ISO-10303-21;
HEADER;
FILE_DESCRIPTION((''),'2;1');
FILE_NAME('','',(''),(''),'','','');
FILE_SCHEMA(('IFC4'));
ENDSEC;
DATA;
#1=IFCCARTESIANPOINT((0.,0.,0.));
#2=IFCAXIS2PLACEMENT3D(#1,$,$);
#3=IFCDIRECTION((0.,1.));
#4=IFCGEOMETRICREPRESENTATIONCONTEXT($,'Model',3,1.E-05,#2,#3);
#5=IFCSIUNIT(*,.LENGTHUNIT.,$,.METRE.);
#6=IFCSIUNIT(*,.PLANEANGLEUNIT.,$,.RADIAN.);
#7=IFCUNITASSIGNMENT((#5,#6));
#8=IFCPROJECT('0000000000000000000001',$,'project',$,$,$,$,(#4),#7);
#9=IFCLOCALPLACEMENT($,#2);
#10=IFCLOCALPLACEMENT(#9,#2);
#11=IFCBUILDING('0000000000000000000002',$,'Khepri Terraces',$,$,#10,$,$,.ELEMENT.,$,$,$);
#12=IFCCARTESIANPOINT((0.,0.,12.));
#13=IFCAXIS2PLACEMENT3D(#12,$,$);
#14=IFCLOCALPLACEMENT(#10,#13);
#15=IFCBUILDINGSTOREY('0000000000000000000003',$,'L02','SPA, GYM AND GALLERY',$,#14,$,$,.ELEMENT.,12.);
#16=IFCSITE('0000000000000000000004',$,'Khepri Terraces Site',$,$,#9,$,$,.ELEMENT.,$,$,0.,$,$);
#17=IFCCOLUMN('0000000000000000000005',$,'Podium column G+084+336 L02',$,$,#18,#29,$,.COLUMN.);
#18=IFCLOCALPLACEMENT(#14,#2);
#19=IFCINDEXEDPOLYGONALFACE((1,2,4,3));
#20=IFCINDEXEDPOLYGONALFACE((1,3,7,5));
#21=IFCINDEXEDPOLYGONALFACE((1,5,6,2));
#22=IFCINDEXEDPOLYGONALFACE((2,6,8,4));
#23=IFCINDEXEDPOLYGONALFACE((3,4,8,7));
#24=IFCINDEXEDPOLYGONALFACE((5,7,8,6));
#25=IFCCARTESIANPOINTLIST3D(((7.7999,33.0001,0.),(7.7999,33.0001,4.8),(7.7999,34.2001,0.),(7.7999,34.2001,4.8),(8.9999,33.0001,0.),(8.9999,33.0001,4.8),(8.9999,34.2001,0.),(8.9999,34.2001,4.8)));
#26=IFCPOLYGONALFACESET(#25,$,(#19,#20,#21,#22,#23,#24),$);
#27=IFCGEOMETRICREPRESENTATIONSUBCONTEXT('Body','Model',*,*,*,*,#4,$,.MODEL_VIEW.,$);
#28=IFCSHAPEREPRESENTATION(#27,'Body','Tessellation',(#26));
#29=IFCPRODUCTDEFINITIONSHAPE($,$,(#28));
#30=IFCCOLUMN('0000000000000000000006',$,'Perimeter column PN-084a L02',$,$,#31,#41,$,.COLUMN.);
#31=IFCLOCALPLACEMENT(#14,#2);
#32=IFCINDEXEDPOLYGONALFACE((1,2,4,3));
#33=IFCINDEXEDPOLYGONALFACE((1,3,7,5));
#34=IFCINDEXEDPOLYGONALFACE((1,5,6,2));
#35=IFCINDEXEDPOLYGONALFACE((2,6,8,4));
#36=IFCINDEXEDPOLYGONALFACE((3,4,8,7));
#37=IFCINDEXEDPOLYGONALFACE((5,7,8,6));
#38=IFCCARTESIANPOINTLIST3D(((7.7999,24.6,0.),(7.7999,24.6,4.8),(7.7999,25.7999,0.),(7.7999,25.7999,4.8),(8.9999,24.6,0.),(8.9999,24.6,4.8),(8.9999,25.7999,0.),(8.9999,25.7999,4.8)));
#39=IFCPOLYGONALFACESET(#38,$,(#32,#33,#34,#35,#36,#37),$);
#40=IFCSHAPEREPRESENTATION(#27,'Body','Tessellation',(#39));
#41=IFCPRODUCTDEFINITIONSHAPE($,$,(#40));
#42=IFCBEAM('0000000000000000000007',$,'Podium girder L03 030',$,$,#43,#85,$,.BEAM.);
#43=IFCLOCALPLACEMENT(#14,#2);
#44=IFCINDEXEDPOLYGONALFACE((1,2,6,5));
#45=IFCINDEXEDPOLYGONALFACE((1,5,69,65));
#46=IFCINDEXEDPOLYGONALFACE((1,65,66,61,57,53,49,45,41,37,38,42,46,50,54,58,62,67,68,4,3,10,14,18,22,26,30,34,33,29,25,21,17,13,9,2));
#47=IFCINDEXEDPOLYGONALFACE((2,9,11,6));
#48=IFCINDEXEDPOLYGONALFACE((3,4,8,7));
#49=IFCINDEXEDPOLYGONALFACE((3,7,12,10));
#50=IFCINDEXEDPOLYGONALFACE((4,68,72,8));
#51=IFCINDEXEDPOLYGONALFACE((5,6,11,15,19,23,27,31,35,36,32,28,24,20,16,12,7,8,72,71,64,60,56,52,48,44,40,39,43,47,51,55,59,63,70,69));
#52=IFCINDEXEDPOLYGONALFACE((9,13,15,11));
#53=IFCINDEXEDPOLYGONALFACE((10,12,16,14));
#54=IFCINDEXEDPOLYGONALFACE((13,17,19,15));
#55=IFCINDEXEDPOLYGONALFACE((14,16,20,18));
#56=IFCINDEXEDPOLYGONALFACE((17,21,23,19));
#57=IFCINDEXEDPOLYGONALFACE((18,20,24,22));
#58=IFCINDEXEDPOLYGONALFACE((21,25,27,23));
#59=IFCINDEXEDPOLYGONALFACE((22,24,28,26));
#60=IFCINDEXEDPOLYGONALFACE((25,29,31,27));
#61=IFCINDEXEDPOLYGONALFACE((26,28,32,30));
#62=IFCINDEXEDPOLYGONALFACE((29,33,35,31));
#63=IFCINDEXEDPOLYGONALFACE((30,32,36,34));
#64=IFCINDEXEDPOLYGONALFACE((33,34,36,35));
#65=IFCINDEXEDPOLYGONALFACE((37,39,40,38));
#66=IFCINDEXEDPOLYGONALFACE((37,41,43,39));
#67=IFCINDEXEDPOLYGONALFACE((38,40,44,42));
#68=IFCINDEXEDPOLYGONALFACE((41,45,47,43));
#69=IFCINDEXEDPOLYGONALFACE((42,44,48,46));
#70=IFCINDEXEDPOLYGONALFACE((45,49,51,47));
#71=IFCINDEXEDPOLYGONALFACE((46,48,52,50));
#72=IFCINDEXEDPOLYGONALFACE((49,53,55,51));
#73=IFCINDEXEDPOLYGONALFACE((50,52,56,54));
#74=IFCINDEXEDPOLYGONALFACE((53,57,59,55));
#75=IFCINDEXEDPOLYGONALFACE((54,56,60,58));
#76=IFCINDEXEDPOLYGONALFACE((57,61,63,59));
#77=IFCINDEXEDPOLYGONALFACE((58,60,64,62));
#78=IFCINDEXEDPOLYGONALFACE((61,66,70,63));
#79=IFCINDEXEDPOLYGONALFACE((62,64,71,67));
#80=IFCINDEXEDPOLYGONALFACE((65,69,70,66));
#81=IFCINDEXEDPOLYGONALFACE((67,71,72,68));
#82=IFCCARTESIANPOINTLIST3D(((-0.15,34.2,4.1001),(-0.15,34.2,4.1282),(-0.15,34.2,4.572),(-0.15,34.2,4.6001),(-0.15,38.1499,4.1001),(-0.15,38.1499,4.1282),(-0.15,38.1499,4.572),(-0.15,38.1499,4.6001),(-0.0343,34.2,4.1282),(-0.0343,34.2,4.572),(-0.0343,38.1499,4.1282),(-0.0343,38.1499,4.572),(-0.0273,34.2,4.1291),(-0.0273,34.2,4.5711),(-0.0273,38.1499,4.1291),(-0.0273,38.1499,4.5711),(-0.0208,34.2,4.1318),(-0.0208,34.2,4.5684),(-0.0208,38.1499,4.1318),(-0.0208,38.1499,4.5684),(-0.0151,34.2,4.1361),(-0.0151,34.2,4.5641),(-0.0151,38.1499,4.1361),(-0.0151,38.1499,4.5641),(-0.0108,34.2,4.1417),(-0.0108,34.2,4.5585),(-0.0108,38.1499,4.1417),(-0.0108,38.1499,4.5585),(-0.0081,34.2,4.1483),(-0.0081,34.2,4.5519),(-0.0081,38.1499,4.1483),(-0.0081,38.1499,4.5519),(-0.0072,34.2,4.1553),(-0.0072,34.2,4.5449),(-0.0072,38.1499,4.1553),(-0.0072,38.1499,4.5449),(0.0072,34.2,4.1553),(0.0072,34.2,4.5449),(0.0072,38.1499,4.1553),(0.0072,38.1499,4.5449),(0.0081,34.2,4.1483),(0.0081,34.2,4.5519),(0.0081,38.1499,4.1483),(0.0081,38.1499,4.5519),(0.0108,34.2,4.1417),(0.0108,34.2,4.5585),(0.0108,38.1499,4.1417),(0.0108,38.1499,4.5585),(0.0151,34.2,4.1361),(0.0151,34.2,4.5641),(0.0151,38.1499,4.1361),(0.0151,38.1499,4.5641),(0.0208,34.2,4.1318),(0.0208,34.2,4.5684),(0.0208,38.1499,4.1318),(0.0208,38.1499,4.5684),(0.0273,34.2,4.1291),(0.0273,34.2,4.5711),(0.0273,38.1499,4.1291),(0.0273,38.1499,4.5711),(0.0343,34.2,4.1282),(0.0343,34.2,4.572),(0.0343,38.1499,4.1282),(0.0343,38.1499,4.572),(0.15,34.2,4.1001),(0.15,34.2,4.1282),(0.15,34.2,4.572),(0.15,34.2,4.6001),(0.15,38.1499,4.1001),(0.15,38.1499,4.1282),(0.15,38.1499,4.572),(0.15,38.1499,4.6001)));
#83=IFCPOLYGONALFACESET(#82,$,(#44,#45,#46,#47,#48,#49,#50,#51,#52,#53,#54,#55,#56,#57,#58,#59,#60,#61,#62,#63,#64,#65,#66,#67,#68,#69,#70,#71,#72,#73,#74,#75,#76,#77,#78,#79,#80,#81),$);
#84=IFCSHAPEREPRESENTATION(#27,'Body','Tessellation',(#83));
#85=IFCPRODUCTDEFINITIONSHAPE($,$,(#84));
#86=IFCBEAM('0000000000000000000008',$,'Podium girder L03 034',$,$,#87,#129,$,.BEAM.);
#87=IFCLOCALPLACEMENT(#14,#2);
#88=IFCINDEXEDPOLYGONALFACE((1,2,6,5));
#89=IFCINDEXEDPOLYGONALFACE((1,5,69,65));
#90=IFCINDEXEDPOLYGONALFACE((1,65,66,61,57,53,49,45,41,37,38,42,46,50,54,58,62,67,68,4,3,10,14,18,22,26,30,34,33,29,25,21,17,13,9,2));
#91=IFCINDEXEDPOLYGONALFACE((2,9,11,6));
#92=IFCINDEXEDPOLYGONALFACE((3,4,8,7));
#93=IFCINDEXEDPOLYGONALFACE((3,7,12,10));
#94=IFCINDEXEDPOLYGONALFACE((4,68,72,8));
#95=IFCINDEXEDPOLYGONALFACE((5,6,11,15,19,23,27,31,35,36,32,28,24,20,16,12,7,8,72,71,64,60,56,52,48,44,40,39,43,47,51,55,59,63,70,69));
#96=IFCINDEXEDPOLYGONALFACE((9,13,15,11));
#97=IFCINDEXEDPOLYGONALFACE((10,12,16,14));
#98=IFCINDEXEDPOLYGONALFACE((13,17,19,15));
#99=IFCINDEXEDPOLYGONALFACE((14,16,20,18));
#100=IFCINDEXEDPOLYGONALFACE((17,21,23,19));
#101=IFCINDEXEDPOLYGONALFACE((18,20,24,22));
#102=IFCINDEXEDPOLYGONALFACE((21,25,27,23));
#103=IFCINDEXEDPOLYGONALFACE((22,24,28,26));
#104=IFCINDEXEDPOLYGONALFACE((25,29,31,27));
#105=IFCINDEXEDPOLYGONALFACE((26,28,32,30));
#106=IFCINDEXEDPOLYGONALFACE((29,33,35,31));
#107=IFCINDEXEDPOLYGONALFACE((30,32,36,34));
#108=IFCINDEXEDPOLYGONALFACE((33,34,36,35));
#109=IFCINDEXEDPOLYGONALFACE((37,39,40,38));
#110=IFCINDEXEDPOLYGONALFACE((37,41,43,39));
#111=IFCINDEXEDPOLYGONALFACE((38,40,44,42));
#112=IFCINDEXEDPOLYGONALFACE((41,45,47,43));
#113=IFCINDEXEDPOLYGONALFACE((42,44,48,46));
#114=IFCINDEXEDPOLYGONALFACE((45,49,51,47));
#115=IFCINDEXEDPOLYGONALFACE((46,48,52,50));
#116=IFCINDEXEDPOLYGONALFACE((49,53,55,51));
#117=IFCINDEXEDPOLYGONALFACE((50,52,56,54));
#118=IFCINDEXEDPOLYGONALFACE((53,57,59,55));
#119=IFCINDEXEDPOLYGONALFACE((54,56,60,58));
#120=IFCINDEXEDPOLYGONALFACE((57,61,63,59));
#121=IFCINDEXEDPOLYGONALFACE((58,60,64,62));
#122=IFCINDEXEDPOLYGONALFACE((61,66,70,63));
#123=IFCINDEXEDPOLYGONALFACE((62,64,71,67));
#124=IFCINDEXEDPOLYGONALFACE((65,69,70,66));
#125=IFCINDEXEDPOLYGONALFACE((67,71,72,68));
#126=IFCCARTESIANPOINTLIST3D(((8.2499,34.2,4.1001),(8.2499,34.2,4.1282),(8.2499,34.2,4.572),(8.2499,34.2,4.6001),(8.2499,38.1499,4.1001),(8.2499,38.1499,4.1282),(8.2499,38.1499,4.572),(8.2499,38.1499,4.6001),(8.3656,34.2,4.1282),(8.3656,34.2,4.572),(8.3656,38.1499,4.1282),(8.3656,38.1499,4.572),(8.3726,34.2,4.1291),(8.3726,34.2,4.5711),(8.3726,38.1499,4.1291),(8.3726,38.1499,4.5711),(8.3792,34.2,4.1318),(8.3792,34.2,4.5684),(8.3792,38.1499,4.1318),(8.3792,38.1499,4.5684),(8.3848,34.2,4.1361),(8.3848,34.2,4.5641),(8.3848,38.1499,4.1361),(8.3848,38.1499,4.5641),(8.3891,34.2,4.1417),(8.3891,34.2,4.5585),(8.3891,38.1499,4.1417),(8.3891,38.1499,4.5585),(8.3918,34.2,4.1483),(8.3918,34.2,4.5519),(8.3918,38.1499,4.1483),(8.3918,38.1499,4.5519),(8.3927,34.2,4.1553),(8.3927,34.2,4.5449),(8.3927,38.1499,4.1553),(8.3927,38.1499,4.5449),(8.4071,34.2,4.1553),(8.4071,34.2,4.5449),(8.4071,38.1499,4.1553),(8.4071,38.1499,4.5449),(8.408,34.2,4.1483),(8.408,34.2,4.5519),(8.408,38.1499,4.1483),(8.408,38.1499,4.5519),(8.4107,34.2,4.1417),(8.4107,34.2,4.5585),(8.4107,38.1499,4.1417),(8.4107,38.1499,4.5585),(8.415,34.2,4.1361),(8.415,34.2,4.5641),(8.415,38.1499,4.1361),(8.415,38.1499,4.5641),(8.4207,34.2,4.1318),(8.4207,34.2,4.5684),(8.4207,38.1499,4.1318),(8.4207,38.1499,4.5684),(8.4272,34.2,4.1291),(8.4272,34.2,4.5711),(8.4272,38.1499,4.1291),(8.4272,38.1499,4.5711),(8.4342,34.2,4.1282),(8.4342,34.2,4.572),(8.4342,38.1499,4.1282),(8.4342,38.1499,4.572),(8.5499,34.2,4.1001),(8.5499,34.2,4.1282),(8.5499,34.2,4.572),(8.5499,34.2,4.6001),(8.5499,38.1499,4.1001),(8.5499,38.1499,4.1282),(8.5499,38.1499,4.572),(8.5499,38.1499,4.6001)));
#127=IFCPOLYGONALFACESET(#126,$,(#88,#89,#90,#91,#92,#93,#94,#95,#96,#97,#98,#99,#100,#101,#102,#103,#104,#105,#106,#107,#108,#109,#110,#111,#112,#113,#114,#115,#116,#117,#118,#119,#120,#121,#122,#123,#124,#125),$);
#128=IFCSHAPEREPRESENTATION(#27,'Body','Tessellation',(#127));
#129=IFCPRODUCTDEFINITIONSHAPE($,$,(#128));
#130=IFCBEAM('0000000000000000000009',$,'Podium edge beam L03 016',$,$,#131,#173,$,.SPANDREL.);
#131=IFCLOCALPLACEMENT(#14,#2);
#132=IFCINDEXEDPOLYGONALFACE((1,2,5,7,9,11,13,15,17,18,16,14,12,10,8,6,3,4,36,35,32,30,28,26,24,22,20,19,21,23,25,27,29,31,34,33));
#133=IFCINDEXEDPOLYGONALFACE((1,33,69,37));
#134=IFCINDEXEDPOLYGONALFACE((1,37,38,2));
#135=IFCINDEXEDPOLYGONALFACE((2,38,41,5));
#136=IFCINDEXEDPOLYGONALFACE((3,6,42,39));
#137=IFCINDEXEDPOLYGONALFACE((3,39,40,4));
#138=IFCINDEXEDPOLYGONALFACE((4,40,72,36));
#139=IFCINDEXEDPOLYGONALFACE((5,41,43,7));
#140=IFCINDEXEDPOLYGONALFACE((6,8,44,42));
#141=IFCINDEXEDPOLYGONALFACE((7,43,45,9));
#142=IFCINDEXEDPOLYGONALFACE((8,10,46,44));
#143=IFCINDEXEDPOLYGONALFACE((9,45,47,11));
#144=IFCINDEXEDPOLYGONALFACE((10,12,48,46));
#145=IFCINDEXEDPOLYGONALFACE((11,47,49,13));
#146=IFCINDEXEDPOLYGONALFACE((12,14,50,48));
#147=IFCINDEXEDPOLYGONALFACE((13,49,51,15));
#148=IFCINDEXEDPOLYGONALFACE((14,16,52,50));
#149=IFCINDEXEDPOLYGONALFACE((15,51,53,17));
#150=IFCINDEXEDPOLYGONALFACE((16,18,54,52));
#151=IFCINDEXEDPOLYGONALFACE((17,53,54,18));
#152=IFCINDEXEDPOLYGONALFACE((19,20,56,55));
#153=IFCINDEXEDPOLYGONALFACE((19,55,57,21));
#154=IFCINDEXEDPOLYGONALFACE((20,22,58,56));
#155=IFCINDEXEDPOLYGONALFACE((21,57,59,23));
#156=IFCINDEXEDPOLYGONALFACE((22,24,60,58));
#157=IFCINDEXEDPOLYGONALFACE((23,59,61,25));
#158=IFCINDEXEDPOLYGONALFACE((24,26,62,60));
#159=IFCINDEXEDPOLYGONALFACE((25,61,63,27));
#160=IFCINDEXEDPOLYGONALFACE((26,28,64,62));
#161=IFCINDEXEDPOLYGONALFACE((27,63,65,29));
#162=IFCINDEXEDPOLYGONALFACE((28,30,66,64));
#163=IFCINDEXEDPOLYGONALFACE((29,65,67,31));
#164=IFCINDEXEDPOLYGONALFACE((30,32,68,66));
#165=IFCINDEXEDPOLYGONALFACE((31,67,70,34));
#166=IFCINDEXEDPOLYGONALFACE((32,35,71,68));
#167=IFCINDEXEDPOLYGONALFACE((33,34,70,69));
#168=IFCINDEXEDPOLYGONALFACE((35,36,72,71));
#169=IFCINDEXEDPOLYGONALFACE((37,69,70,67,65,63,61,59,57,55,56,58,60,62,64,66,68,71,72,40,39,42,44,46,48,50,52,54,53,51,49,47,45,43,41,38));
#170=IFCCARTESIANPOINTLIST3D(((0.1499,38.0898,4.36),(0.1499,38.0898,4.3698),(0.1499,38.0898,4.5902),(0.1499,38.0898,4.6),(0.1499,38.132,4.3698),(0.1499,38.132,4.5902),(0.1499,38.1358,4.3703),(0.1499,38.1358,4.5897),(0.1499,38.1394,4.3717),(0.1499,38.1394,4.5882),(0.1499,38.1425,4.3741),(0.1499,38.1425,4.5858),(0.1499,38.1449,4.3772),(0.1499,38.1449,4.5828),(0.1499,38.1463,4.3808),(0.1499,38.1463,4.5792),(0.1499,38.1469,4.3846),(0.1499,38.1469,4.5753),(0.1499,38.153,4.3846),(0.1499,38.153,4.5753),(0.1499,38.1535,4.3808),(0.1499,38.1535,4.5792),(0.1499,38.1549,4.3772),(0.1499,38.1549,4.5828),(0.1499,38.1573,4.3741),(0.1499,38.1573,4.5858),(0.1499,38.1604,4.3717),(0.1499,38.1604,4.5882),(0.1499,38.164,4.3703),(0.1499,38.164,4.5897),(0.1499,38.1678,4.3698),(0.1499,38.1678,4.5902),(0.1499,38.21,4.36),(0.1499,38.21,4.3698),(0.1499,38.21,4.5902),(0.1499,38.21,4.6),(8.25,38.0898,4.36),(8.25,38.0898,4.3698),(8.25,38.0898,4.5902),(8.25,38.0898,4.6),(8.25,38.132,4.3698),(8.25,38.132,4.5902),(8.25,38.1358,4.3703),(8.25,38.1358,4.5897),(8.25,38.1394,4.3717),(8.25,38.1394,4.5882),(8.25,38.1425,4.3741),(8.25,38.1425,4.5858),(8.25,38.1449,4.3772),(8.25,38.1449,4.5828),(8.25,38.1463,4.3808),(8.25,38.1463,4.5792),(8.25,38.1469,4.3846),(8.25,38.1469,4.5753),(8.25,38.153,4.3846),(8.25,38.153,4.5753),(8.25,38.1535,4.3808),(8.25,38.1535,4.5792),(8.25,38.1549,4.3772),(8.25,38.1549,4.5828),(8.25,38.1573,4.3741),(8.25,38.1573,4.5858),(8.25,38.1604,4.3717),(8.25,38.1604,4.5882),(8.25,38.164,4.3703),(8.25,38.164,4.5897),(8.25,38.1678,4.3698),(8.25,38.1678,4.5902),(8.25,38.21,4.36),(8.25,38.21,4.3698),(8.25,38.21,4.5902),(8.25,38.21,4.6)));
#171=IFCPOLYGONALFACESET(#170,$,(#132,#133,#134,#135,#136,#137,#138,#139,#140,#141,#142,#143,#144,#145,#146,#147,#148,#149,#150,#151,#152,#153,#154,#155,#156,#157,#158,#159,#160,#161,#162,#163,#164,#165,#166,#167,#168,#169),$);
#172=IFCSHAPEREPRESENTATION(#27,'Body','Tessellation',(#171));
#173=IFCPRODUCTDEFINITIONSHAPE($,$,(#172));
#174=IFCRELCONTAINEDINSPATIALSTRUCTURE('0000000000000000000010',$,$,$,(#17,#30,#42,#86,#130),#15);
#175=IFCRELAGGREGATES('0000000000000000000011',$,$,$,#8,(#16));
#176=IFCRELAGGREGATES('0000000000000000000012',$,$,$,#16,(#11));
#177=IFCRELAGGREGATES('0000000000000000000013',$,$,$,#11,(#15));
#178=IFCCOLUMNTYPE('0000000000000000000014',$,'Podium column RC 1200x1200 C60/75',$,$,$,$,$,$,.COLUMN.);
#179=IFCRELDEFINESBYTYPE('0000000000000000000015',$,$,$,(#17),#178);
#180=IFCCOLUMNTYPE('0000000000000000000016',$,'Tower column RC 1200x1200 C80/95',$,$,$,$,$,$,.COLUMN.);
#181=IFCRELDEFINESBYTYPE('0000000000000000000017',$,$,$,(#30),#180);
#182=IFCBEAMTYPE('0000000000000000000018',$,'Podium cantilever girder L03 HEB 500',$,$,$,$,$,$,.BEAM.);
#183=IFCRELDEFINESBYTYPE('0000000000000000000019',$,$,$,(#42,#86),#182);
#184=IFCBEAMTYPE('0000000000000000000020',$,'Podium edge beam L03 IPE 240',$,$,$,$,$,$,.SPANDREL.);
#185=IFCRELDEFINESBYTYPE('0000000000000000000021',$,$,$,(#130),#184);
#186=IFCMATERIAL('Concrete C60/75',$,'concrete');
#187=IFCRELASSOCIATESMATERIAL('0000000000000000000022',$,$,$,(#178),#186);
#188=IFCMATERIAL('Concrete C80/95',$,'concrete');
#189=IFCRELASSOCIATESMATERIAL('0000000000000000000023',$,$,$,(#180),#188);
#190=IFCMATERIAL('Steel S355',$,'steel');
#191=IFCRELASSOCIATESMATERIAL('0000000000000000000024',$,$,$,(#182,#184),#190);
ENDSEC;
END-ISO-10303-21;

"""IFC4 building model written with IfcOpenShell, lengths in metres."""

from ifc_helpers import new_model, si_unit, direction, frame, origin, origin_2d, place, context, subcontext, project, spatial, rectangle, i_section, extrude, material, material_profile, profile_set, type_object, element, save


model = new_model("IFC4")

# Units and contexts
model_context = context("Model", 3, precision=1e-05, world=origin(), true_north=direction((0.0, 1.0)))
body_context = subcontext(model_context, "Body", "Model", "MODEL_VIEW")
ifc_project = project(units=[si_unit("LENGTHUNIT", "METRE"), si_unit("PLANEANGLEUNIT", "RADIAN")], contexts=[model_context])

# Site, building, storey
site_placement = place(None, origin())
site = spatial("IfcSite", under=ifc_project, at=site_placement, Name="Khepri Terraces Site", CompositionType="ELEMENT", RefElevation=0.0)
building_placement = place(site_placement, origin())
building = spatial("IfcBuilding", under=site, at=building_placement, Name="Khepri Terraces", CompositionType="ELEMENT")
storey_placement = place(building_placement, frame((0.0, 0.0, 12.0)))
storey = spatial("IfcBuildingStorey", under=building, at=storey_placement, Name="L02", Description="SPA, GYM AND GALLERY", CompositionType="ELEMENT", Elevation=12.0)

# Columns
ifc_material_1 = material(Name="Concrete C60/75", Category="concrete")
ifc_material_profile_1 = material_profile(ifc_material_1, rectangle(XDim=1.2, YDim=1.2, at=origin_2d()), Name="Concrete C60/75", Category="concrete")
ifc_profile_set_1 = profile_set([ifc_material_profile_1], Name="Concrete C60/75")
column_type_1 = type_object("IfcColumnType", Name="Podium column RC 1200x1200 C60/75", PredefinedType="COLUMN", material=ifc_profile_set_1)
column_1_placement = place(storey_placement, frame((8.3999, 33.6001, 0.0), z_axis=(0.0, 0.0, 1.0), x_axis=(1.0, 0.0, 0.0)))
element("IfcColumn", 1, at=column_1_placement, inside=storey, type_object=column_type_1, Name="Podium column G+084+336 L02", PredefinedType="COLUMN", context=body_context, shape_type="SweptSolid", body=[
    extrude(rectangle(XDim=1.2, YDim=1.2, at=origin_2d()), origin(), (0.0, 0.0, 1.0), 4.8),
])
ifc_material_2 = material(Name="Concrete C80/95", Category="concrete")
ifc_material_profile_2 = material_profile(ifc_material_2, rectangle(XDim=1.2, YDim=1.2, at=origin_2d()), Name="Concrete C80/95", Category="concrete")
ifc_profile_set_2 = profile_set([ifc_material_profile_2], Name="Concrete C80/95")
column_type_2 = type_object("IfcColumnType", Name="Tower column RC 1200x1200 C80/95", PredefinedType="COLUMN", material=ifc_profile_set_2)
column_2_placement = place(storey_placement, frame((8.3999, 25.2, 0.0), z_axis=(0.0, 0.0, 1.0), x_axis=(1.0, 0.0, 0.0)))
element("IfcColumn", 2, at=column_2_placement, inside=storey, type_object=column_type_2, Name="Perimeter column PN-084a L02", PredefinedType="COLUMN", context=body_context, shape_type="SweptSolid", body=[
    extrude(rectangle(XDim=1.2, YDim=1.2, at=origin_2d()), origin(), (0.0, 0.0, 1.0), 4.8),
])

# Beams
ifc_material_3 = material(Name="Steel S355", Category="steel")
ifc_material_profile_3 = material_profile(ifc_material_3, i_section(OverallWidth=0.3, OverallDepth=0.5, WebThickness=0.0144, FlangeThickness=0.0281, FilletRadius=0.0271, at=origin_2d()), Name="Steel S355", Category="steel")
ifc_profile_set_3 = profile_set([ifc_material_profile_3], Name="Steel S355")
beam_type_1 = type_object("IfcBeamType", Name="Podium cantilever girder L03 HEB 500", PredefinedType="BEAM", material=ifc_profile_set_3)
for number, where, z_axis, x_axis, name in (
    (3, (0.0, 34.2, 4.3501), (0.0, 1.0, 0.0), (-1.0, 0.0, 0.0), "Podium girder L03 030"),
    (4, (8.3999, 34.2, 4.3501), (0.0, 1.0, 0.0), (-1.0, 0.0, 0.0), "Podium girder L03 034"),
):
    element("IfcBeam", number, at=place(storey_placement, frame(where, z_axis=z_axis, x_axis=x_axis)), inside=storey, type_object=beam_type_1, Name=name, PredefinedType="BEAM", context=body_context, shape_type="SweptSolid", body=[
        extrude(i_section(OverallWidth=0.3, OverallDepth=0.5, WebThickness=0.0144, FlangeThickness=0.0281, FilletRadius=0.0271, at=origin_2d()), origin(), (0.0, 0.0, 1.0), 3.95),
    ])
ifc_material_profile_4 = material_profile(ifc_material_3, i_section(OverallWidth=0.1201, OverallDepth=0.24, WebThickness=0.0061, FlangeThickness=0.0098, FilletRadius=0.0149, at=origin_2d()), Name="Steel S355", Category="steel")
ifc_profile_set_4 = profile_set([ifc_material_profile_4], Name="Steel S355")
beam_type_2 = type_object("IfcBeamType", Name="Podium edge beam L03 IPE 240", PredefinedType="SPANDREL", material=ifc_profile_set_4)
beam_1_placement = place(storey_placement, frame((0.1499, 38.1499, 4.48), z_axis=(1.0, 0.0, 0.0), x_axis=(0.0, 1.0, 0.0)))
element("IfcBeam", 5, at=beam_1_placement, inside=storey, type_object=beam_type_2, Name="Podium edge beam L03 016", PredefinedType="SPANDREL", context=body_context, shape_type="SweptSolid", body=[
    extrude(i_section(OverallWidth=0.1201, OverallDepth=0.24, WebThickness=0.0061, FlangeThickness=0.0098, FilletRadius=0.0149, at=origin_2d()), origin(), (0.0, 0.0, 1.0), 8.1001),
])

save(model, "model.ifc")
